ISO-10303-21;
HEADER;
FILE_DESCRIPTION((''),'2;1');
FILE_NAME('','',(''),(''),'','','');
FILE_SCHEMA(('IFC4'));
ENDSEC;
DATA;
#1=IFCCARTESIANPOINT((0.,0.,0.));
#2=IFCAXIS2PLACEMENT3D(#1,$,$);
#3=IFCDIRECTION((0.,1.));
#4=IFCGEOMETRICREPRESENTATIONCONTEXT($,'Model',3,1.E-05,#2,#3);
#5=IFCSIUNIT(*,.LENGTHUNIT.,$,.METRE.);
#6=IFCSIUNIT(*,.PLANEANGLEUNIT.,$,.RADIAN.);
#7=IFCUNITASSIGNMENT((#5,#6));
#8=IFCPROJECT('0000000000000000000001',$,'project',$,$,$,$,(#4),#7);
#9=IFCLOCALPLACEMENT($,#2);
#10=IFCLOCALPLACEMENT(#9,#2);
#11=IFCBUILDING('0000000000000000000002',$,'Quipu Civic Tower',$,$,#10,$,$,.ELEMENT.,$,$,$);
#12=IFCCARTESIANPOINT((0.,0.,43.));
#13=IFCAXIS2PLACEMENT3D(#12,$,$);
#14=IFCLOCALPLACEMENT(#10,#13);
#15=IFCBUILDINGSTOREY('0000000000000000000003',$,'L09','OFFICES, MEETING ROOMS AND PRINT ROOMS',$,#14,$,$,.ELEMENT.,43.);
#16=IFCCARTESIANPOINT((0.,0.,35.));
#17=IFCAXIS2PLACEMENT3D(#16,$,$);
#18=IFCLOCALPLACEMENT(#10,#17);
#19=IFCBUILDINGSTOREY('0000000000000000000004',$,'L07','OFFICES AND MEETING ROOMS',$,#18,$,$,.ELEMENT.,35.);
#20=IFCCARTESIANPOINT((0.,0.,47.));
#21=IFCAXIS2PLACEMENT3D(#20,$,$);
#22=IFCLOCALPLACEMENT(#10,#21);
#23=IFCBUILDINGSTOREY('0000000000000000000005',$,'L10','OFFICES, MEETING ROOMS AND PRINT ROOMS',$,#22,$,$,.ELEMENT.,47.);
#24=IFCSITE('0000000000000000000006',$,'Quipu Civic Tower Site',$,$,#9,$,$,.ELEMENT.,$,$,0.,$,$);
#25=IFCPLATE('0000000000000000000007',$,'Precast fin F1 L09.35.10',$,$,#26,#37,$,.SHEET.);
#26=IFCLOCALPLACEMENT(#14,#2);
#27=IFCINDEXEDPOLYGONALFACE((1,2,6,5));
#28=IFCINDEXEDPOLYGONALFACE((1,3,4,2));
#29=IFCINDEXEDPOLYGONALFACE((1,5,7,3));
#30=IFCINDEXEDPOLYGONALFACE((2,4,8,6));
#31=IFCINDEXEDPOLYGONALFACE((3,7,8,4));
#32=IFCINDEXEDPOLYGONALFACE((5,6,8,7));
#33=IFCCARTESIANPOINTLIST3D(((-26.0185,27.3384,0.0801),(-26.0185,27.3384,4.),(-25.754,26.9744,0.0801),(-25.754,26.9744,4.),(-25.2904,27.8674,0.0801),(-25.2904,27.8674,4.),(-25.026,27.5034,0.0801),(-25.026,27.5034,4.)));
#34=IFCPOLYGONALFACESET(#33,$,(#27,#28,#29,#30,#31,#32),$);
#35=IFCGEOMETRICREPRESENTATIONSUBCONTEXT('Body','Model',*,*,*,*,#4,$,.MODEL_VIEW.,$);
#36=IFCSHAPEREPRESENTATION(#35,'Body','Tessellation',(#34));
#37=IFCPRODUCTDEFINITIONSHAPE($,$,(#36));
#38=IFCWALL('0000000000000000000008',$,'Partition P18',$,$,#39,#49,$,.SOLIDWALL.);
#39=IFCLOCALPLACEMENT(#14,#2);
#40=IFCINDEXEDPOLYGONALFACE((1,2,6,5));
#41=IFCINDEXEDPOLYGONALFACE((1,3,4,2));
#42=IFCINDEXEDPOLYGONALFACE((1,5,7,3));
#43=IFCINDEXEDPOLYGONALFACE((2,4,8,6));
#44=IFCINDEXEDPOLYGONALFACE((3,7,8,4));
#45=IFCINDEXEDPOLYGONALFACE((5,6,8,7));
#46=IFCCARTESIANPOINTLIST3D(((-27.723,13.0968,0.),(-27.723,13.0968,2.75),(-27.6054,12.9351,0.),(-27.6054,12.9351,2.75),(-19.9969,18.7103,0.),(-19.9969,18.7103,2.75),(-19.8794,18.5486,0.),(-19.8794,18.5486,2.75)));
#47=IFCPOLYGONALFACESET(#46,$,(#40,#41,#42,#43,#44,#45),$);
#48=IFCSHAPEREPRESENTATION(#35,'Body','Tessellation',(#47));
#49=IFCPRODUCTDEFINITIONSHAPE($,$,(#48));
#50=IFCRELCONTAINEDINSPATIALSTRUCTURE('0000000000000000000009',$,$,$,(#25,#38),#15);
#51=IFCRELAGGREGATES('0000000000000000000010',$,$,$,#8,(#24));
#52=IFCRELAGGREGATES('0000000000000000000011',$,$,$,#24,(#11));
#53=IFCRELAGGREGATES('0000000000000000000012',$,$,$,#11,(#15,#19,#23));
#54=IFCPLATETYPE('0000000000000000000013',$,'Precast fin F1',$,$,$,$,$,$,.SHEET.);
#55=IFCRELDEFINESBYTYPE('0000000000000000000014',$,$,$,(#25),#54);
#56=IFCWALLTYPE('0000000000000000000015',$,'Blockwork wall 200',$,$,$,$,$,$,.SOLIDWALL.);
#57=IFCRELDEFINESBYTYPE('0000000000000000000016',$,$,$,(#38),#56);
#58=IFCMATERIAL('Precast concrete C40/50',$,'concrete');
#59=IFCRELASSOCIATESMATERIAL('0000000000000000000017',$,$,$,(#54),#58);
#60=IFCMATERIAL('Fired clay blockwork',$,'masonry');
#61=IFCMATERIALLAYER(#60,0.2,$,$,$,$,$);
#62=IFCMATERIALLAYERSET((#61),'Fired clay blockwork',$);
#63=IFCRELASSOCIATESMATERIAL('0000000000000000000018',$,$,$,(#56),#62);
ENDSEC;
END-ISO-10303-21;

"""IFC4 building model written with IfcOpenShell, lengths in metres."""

from ifc_helpers import new_model, si_unit, direction, frame, frame_2d, origin, origin_2d, place, context, subcontext, project, spatial, rectangle, extrude, material, layer, layer_set, type_object, element, save


model = new_model("IFC4")

# Units and contexts
model_context = context("Model", 3, precision=1e-05, world=origin(), true_north=direction((0.0, 1.0)))
body_context = subcontext(model_context, "Body", "Model", "MODEL_VIEW")
ifc_project = project(units=[si_unit("LENGTHUNIT", "METRE"), si_unit("PLANEANGLEUNIT", "RADIAN")], contexts=[model_context])

# Site, building, storey
site_placement = place(None, origin())
site = spatial("IfcSite", under=ifc_project, at=site_placement, Name="Quipu Civic Tower Site", CompositionType="ELEMENT", RefElevation=0.0)
building_placement = place(site_placement, origin())
building = spatial("IfcBuilding", under=site, at=building_placement, Name="Quipu Civic Tower", CompositionType="ELEMENT")
storey_1_placement = place(building_placement, frame((0.0, 0.0, 43.0)))
storey_1 = spatial("IfcBuildingStorey", under=building, at=storey_1_placement, Name="L09", Description="OFFICES, MEETING ROOMS AND PRINT ROOMS", CompositionType="ELEMENT", Elevation=43.0)

# Shared definitions
storey_2_placement = place(building_placement, frame((0.0, 0.0, 35.0)))
storey_2 = spatial("IfcBuildingStorey", under=building, at=storey_2_placement, Name="L07", Description="OFFICES AND MEETING ROOMS", CompositionType="ELEMENT", Elevation=35.0)

# Shared definitions
storey_3_placement = place(building_placement, frame((0.0, 0.0, 47.0)))
storey_3 = spatial("IfcBuildingStorey", under=building, at=storey_3_placement, Name="L10", Description="OFFICES, MEETING ROOMS AND PRINT ROOMS", CompositionType="ELEMENT", Elevation=47.0)

# Plate
ifc_material_1 = material(Name="Precast concrete C40/50", Category="concrete")
plate_type_1 = type_object("IfcPlateType", Name="Precast fin F1", PredefinedType="SHEET", material=ifc_material_1)
for number, where, z_axis, x_axis, name in (
    (1, (-25.5222, 27.4209, 0.0801), (0.0, 0.0, 1.0), (-0.587785, 0.809017, 0.0), "Precast fin F1 L09.35.10"),
):
    element("IfcPlate", number, at=place(storey_1_placement, frame(where, z_axis=z_axis, x_axis=x_axis)), inside=storey_1, type_object=plate_type_1, Name=name, PredefinedType="SHEET", context=body_context, shape_type="SweptSolid", body=[
        extrude(rectangle(XDim=0.45, YDim=0.8999, at=origin_2d()), origin(), (0.0, 0.0, 1.0), 3.9199),
    ])

# Wall
ifc_material_2 = material(Name="Fired clay blockwork", Category="masonry")
ifc_layer_1 = layer(ifc_material_2, 0.2)
ifc_layer_set_1 = layer_set([ifc_layer_1], Name="Fired clay blockwork")
wall_type = type_object("IfcWallType", Name="Blockwork wall 200", PredefinedType="SOLIDWALL", material=ifc_layer_set_1)
wall_placement = place(storey_1_placement, frame((-19.9382, 18.6294, 0.0), z_axis=(0.0, 0.0, 1.0), x_axis=(-0.809007, -0.587799, 0.0)))
element("IfcWall", 2, at=wall_placement, inside=storey_1, type_object=wall_type, Name="Partition P18", PredefinedType="SOLIDWALL", context=body_context, shape_type="SweptSolid", body=[
    extrude(rectangle(XDim=9.55, YDim=0.2, at=frame_2d((4.7749, 0.0))), origin(), (0.0, 0.0, 1.0), 2.75),
])

save(model, "model.ifc")
